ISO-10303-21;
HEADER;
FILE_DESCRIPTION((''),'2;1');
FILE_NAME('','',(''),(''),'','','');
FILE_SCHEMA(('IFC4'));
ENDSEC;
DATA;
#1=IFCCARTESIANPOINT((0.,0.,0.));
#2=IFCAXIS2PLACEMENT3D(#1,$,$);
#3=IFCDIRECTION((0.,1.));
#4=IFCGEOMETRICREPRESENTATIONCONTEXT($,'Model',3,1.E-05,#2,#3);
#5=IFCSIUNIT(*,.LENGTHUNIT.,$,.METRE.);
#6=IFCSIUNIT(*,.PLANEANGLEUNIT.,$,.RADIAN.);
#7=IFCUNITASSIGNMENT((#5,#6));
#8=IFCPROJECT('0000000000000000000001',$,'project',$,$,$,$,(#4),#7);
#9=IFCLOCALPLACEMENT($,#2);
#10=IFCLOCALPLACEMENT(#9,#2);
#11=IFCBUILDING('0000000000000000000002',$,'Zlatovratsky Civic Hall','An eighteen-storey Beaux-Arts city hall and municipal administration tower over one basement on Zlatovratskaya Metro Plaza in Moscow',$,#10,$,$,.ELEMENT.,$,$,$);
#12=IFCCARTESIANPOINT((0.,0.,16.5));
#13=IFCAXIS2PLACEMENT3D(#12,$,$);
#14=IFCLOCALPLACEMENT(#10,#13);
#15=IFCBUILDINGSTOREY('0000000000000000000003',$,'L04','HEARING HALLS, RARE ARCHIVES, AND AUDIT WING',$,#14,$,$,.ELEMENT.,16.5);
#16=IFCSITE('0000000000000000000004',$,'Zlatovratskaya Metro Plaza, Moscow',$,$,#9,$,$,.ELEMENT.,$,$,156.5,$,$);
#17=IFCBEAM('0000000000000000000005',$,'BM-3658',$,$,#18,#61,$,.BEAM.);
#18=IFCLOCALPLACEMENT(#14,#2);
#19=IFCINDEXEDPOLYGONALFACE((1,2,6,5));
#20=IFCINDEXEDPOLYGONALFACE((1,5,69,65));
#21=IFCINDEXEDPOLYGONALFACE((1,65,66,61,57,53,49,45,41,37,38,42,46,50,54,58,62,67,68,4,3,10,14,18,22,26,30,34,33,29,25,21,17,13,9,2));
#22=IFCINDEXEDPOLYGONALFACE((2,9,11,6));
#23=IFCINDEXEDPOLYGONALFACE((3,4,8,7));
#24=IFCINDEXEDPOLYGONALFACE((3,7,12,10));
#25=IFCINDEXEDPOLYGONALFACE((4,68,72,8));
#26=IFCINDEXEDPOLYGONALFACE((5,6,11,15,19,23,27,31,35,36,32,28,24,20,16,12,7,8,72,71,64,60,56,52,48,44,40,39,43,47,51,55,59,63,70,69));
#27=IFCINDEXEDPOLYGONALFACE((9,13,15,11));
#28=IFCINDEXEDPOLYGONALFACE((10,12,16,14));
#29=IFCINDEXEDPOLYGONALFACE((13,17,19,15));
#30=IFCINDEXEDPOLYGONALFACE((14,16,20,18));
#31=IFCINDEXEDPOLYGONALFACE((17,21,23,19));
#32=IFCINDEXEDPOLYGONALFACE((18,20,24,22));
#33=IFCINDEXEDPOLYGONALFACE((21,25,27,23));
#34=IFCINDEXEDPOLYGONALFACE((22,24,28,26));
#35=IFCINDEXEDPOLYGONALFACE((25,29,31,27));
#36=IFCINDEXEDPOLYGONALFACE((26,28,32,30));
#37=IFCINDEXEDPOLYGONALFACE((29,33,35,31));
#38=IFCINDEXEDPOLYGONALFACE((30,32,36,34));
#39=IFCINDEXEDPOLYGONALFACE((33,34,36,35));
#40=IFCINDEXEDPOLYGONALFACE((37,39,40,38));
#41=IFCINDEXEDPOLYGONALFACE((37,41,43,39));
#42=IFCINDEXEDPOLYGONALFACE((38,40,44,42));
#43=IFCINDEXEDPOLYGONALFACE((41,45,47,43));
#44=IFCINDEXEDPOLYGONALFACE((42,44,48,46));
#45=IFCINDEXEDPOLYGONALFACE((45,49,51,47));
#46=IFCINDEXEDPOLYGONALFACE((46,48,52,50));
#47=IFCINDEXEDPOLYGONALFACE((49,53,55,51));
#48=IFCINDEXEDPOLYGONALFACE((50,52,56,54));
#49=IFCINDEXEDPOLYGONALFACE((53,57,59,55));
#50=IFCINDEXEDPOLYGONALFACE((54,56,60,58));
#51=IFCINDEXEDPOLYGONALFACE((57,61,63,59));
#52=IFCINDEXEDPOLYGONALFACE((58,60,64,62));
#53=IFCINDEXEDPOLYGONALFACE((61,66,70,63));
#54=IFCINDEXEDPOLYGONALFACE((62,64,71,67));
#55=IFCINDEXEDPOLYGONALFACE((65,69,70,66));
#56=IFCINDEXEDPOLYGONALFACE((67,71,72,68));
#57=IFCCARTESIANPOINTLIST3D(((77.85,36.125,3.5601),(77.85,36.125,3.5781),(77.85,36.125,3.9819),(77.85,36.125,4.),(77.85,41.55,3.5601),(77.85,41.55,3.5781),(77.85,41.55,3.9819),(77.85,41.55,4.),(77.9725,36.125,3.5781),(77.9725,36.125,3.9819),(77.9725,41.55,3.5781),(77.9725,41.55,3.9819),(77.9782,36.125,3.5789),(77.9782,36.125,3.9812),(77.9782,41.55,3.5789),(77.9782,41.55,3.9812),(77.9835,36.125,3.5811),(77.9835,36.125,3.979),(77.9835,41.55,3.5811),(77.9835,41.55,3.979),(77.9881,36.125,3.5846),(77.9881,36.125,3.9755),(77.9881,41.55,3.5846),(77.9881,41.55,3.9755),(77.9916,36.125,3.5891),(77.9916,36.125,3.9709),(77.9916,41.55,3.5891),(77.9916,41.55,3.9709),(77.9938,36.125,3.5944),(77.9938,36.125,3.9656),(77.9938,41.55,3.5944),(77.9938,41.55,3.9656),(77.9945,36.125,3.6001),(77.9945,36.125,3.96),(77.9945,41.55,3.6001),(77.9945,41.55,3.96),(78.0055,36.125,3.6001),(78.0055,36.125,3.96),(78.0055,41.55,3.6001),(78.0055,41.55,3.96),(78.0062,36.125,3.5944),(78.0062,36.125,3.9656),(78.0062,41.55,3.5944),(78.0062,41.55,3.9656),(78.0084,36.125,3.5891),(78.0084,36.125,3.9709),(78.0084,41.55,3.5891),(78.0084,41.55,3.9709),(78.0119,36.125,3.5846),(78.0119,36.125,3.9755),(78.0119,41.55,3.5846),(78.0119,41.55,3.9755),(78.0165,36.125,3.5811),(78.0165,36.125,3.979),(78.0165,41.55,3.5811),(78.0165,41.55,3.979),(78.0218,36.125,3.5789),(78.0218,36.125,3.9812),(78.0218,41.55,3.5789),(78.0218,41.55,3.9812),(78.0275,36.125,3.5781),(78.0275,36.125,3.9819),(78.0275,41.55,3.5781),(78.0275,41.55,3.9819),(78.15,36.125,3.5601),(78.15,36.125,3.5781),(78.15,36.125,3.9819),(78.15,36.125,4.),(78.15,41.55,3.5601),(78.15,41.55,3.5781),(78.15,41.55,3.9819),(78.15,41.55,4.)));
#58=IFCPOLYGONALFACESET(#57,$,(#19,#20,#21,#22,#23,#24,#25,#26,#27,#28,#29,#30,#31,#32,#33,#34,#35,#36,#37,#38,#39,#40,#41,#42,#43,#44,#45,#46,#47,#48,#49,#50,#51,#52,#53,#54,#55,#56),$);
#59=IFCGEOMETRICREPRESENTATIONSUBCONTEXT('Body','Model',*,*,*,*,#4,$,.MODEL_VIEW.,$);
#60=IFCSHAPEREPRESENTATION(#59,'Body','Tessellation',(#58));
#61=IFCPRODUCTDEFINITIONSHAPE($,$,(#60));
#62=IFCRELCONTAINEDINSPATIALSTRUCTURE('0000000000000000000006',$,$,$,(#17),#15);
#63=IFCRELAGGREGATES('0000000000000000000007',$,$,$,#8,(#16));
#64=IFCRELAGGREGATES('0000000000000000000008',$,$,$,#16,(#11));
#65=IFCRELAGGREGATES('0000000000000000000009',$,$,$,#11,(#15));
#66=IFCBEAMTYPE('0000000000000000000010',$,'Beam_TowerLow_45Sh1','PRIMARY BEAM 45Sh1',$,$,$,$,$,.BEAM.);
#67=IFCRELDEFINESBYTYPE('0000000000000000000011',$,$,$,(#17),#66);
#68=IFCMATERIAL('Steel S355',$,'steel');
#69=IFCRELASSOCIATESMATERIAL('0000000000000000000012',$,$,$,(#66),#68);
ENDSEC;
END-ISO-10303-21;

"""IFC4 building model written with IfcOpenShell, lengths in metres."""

from ifc_helpers import new_model, si_unit, direction, frame, origin, origin_2d, place, context, subcontext, project, spatial, i_section, extrude, material, material_profile, profile_set, type_object, element, save


model = new_model("IFC4")

# Units and contexts
model_context = context("Model", 3, precision=1e-05, world=origin(), true_north=direction((0.0, 1.0)))
body_context = subcontext(model_context, "Body", "Model", "MODEL_VIEW")
ifc_project = project(units=[si_unit("LENGTHUNIT", "METRE"), si_unit("PLANEANGLEUNIT", "RADIAN")], contexts=[model_context])

# Site, building, storey
site_placement = place(None, origin())
site = spatial("IfcSite", under=ifc_project, at=site_placement, Name="Zlatovratskaya Metro Plaza, Moscow", CompositionType="ELEMENT", RefElevation=156.5)
building_placement = place(site_placement, origin())
building = spatial("IfcBuilding", under=site, at=building_placement, Name="Zlatovratsky Civic Hall", Description="An eighteen-storey Beaux-Arts city hall and municipal administration tower over one basement on Zlatovratskaya Metro Plaza in Moscow", CompositionType="ELEMENT")
storey_placement = place(building_placement, frame((0.0, 0.0, 16.5)))
storey = spatial("IfcBuildingStorey", under=building, at=storey_placement, Name="L04", Description="HEARING HALLS, RARE ARCHIVES, AND AUDIT WING", CompositionType="ELEMENT", Elevation=16.5)

# Shared definitions
ifc_material_1 = material(Name="Steel S355", Category="steel")

# Beam
ifc_material_profile_1 = material_profile(ifc_material_1, i_section(OverallWidth=0.3, OverallDepth=0.4399, WebThickness=0.011, FlangeThickness=0.0181, FilletRadius=0.022, at=origin_2d()), Name="45Sh1")
ifc_profile_set_1 = profile_set([ifc_material_profile_1], Name="Steel S355")
beam_type_1 = type_object("IfcBeamType", Name="Beam_TowerLow_45Sh1", Description="PRIMARY BEAM 45Sh1", PredefinedType="BEAM", material=ifc_profile_set_1)
for number, where, z_axis, x_axis, name in (
    (1, (78.0, 36.125, 3.78), (0.0, 1.0, 0.0), (-1.0, 0.0, 0.0), "BM-3658"),
):
    element("IfcBeam", number, at=place(storey_placement, frame(where, z_axis=z_axis, x_axis=x_axis)), inside=storey, type_object=beam_type_1, Name=name, PredefinedType="BEAM", context=body_context, shape_type="SweptSolid", body=[
        extrude(i_section(OverallWidth=0.3, OverallDepth=0.4399, WebThickness=0.011, FlangeThickness=0.0181, FilletRadius=0.022, at=origin_2d()), origin(), (0.0, 0.0, 1.0), 5.425),
    ])

save(model, "model.ifc")
